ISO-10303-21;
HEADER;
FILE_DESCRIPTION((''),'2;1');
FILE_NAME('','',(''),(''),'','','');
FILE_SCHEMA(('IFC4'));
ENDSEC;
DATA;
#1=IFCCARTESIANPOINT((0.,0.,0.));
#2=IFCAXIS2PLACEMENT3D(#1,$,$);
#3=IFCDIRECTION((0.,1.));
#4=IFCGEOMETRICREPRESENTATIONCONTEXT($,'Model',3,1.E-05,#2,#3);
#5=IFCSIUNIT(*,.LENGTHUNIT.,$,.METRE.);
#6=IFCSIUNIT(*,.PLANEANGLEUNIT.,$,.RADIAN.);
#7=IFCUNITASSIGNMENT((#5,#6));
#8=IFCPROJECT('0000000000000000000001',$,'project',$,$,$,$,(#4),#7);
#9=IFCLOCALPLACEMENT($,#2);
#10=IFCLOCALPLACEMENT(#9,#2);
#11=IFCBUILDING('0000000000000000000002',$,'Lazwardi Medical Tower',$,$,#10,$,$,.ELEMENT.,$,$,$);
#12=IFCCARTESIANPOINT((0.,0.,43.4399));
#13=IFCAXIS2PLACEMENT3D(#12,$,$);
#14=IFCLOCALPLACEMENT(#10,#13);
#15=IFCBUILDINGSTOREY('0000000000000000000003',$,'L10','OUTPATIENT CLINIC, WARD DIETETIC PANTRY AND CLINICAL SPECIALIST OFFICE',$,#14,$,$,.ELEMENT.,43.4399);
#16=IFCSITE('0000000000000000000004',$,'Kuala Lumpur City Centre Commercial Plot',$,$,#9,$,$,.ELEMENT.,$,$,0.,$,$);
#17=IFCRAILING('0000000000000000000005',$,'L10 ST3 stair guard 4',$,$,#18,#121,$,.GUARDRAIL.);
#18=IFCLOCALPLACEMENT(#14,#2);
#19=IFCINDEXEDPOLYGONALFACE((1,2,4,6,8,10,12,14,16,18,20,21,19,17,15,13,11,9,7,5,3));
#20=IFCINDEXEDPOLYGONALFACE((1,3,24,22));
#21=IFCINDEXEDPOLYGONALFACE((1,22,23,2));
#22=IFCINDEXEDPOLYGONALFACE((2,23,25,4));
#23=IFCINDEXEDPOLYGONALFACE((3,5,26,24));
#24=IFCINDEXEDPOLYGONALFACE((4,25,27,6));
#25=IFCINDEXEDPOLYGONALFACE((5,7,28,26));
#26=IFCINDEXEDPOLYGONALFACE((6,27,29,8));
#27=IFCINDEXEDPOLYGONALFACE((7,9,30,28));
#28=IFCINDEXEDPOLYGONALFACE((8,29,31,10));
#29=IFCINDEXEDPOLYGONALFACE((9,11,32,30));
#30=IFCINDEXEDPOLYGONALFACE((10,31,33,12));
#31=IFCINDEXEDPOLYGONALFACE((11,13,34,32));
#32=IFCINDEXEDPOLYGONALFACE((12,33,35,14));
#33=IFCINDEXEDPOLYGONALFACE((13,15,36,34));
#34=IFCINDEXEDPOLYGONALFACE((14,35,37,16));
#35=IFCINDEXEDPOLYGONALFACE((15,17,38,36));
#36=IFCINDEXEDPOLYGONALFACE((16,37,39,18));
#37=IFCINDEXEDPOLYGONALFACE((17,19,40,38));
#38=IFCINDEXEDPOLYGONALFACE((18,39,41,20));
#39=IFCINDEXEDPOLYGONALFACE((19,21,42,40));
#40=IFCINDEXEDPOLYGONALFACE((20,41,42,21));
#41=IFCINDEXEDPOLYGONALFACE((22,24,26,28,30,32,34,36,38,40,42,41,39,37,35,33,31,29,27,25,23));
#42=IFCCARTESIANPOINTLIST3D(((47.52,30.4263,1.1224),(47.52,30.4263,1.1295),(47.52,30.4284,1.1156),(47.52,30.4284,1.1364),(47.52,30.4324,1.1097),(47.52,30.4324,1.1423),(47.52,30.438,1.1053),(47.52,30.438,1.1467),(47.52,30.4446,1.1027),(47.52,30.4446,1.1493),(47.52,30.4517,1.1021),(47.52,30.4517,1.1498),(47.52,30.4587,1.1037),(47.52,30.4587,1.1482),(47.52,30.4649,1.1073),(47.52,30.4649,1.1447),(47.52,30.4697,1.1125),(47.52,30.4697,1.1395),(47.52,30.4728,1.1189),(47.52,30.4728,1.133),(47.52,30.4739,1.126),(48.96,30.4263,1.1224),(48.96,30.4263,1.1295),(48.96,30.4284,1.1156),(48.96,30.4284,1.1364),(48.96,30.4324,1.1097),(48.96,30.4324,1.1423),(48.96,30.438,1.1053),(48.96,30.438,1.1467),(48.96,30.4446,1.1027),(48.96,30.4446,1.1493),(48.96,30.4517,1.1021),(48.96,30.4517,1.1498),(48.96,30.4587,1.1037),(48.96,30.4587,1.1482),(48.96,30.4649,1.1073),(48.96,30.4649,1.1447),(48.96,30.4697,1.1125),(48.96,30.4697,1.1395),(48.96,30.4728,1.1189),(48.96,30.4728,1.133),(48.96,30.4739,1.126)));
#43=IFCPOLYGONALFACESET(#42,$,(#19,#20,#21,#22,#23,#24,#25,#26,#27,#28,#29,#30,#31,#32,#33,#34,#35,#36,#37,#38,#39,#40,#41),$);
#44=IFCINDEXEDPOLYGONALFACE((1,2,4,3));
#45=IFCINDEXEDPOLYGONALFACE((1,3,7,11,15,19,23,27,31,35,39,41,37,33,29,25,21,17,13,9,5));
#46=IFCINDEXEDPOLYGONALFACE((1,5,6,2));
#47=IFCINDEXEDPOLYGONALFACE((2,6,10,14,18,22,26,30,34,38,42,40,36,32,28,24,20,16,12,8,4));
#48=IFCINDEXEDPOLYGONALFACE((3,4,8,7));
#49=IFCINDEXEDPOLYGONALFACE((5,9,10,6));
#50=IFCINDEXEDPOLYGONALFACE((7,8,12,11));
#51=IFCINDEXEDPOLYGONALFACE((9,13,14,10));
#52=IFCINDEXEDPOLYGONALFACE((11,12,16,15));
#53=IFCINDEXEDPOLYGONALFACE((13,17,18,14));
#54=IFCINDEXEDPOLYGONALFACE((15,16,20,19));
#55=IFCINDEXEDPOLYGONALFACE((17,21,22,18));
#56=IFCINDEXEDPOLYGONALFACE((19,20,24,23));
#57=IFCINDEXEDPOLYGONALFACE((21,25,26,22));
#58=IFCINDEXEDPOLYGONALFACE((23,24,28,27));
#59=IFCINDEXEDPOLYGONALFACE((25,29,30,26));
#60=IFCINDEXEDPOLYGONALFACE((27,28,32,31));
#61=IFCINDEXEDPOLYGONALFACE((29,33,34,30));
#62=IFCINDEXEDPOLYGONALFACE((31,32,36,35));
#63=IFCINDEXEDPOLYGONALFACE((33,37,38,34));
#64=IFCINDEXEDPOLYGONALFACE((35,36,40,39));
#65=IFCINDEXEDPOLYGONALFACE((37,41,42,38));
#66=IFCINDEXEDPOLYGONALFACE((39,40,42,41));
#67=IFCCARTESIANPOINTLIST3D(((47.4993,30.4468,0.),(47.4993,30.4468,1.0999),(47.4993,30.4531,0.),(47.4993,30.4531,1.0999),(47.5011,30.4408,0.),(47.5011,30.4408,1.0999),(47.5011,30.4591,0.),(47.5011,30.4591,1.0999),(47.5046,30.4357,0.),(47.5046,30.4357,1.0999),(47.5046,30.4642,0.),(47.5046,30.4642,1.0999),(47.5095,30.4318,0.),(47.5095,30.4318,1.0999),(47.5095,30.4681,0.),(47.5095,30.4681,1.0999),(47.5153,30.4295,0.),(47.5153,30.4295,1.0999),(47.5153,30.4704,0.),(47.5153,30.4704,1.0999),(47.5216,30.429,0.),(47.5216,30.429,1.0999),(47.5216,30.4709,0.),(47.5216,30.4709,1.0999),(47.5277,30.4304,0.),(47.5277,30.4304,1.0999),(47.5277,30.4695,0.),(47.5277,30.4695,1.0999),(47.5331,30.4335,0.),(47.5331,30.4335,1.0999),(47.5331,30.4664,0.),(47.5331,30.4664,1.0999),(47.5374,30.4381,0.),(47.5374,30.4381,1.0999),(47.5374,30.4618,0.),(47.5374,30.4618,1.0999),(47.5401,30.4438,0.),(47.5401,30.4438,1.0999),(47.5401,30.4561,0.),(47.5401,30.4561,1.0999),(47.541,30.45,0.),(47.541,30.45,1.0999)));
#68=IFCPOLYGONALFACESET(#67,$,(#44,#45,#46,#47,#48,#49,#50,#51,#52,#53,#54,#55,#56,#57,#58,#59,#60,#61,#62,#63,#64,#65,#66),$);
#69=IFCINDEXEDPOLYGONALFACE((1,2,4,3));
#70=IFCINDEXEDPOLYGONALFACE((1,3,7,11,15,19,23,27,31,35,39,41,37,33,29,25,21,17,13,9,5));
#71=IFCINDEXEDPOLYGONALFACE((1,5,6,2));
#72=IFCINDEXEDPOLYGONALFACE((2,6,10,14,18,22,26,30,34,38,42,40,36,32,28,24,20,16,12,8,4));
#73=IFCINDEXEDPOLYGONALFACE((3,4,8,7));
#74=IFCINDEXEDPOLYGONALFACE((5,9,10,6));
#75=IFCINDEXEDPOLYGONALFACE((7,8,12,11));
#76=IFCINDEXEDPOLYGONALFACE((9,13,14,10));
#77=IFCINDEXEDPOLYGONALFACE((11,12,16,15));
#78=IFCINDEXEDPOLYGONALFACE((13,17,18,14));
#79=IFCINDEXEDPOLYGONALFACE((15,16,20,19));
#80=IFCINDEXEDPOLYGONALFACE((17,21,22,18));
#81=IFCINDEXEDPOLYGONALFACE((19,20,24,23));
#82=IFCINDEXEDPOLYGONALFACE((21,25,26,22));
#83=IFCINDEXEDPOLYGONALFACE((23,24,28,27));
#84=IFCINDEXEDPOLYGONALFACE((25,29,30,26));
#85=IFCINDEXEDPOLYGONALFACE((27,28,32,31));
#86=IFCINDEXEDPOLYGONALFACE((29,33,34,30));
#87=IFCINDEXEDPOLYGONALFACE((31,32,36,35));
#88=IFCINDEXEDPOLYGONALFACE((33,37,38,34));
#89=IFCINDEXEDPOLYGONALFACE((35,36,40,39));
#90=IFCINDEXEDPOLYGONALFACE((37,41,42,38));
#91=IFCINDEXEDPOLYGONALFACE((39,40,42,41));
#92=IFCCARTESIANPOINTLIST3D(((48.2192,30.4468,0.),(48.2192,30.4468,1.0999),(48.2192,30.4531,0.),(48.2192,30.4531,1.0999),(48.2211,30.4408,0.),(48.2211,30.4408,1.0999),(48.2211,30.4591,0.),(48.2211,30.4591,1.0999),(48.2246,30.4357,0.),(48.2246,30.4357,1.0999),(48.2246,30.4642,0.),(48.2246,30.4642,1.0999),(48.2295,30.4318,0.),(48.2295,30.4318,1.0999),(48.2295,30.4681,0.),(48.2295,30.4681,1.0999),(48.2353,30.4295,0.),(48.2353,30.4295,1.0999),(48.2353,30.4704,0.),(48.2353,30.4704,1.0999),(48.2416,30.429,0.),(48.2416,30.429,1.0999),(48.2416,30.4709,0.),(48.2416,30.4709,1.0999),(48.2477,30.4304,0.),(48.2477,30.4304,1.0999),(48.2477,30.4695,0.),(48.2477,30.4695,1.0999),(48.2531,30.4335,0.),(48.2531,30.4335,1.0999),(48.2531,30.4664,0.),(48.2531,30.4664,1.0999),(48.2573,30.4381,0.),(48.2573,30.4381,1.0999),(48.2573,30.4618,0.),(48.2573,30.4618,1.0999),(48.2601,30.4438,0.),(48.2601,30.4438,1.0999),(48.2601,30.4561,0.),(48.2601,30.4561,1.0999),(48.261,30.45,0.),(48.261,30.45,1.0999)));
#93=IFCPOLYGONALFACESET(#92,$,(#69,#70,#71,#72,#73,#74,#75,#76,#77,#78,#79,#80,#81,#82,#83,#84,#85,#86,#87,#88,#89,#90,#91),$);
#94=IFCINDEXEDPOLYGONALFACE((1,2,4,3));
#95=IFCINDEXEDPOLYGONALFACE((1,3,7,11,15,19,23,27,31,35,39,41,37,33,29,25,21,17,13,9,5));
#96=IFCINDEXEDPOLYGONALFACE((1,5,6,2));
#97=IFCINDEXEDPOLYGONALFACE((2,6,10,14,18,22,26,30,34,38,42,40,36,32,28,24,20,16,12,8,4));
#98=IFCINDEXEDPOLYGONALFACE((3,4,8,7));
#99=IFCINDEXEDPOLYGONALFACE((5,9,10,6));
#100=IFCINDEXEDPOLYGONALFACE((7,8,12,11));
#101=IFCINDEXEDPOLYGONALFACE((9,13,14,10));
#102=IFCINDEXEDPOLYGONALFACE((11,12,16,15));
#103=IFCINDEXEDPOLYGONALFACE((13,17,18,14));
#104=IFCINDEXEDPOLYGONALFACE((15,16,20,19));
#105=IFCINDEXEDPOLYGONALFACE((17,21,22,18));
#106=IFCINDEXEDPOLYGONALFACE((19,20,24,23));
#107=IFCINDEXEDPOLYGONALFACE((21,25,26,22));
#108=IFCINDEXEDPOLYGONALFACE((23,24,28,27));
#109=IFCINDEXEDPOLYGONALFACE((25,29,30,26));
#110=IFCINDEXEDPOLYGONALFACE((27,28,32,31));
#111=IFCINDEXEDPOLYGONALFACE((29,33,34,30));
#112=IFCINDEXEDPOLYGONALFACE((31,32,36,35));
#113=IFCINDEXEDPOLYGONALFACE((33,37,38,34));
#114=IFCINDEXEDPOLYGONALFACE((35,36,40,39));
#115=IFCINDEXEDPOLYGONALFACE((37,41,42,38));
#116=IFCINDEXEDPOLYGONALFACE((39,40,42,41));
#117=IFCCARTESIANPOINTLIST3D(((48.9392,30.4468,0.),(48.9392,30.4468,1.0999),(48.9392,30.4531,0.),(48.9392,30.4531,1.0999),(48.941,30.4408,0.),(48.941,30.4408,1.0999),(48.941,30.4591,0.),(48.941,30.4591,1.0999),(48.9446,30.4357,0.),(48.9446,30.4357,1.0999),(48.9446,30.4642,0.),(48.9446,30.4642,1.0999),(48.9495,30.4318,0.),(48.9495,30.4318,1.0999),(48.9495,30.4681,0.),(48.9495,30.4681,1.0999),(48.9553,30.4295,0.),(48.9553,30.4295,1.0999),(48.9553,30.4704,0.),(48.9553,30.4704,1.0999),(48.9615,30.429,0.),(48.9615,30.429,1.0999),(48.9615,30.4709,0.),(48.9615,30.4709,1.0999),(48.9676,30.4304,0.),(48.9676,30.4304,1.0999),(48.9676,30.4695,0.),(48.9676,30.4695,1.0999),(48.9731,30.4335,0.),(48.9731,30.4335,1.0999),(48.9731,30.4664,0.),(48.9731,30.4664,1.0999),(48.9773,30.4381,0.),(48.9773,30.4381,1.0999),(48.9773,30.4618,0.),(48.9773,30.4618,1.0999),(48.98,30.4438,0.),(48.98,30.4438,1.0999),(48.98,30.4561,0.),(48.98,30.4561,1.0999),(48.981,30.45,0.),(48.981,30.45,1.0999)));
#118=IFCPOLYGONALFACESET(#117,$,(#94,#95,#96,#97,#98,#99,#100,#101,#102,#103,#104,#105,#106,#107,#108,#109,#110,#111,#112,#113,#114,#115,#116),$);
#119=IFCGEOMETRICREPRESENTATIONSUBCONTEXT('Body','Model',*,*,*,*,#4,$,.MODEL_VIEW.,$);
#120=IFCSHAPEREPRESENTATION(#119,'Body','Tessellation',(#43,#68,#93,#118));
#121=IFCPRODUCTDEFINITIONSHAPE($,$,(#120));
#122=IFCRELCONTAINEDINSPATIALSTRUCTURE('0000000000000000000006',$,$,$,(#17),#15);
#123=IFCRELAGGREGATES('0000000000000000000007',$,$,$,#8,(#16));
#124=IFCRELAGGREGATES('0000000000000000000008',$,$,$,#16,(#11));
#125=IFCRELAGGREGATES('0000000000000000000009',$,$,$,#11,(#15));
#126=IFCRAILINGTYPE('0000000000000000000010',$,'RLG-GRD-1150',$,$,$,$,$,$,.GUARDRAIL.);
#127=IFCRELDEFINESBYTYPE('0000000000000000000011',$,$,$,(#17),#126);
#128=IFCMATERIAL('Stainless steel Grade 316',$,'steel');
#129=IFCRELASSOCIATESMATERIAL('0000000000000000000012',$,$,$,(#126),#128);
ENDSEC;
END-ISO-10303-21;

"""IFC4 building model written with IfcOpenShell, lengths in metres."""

from ifc_helpers import new_model, si_unit, direction, frame, origin, origin_2d, place, context, subcontext, project, spatial, circle, extrude, material, type_object, element, save


model = new_model("IFC4")

# Units and contexts
model_context = context("Model", 3, precision=1e-05, world=origin(), true_north=direction((0.0, 1.0)))
body_context = subcontext(model_context, "Body", "Model", "MODEL_VIEW")
ifc_project = project(units=[si_unit("LENGTHUNIT", "METRE"), si_unit("PLANEANGLEUNIT", "RADIAN")], contexts=[model_context])

# Site, building, storey
site_placement = place(None, origin())
site = spatial("IfcSite", under=ifc_project, at=site_placement, Name="Kuala Lumpur City Centre Commercial Plot", CompositionType="ELEMENT", RefElevation=0.0)
building_placement = place(site_placement, origin())
building = spatial("IfcBuilding", under=site, at=building_placement, Name="Lazwardi Medical Tower", CompositionType="ELEMENT")
storey_placement = place(building_placement, frame((0.0, 0.0, 43.4399)))
storey = spatial("IfcBuildingStorey", under=building, at=storey_placement, Name="L10", Description="OUTPATIENT CLINIC, WARD DIETETIC PANTRY AND CLINICAL SPECIALIST OFFICE", CompositionType="ELEMENT", Elevation=43.4399)

# Railing
ifc_material_1 = material(Name="Stainless steel Grade 316", Category="steel")
railing_type_1 = type_object("IfcRailingType", Name="RLG-GRD-1150", PredefinedType="GUARDRAIL", material=ifc_material_1)
railing_1_placement = place(storey_placement, frame((47.52, 30.45, 0.0)))
element("IfcRailing", 1, at=railing_1_placement, inside=storey, type_object=railing_type_1, Name="L10 ST3 stair guard 4", PredefinedType="GUARDRAIL", context=body_context, shape_type="SweptSolid", body=[
    extrude(circle(Radius=0.0239, at=origin_2d()), frame((0.0, 0.0, 1.126), z_axis=(1.0, 0.0, 0.0), x_axis=(0.0, 1.0, 0.0)), (0.0, 0.0, 1.0), 1.4399),
    extrude(circle(Radius=0.021, at=origin_2d()), origin(), (0.0, 0.0, 1.0), 1.0999),
    extrude(circle(Radius=0.021, at=origin_2d()), frame((0.72, 0.0, 0.0)), (0.0, 0.0, 1.0), 1.0999),
    extrude(circle(Radius=0.021, at=origin_2d()), frame((1.4399, 0.0, 0.0)), (0.0, 0.0, 1.0), 1.0999),
])

save(model, "model.ifc")
